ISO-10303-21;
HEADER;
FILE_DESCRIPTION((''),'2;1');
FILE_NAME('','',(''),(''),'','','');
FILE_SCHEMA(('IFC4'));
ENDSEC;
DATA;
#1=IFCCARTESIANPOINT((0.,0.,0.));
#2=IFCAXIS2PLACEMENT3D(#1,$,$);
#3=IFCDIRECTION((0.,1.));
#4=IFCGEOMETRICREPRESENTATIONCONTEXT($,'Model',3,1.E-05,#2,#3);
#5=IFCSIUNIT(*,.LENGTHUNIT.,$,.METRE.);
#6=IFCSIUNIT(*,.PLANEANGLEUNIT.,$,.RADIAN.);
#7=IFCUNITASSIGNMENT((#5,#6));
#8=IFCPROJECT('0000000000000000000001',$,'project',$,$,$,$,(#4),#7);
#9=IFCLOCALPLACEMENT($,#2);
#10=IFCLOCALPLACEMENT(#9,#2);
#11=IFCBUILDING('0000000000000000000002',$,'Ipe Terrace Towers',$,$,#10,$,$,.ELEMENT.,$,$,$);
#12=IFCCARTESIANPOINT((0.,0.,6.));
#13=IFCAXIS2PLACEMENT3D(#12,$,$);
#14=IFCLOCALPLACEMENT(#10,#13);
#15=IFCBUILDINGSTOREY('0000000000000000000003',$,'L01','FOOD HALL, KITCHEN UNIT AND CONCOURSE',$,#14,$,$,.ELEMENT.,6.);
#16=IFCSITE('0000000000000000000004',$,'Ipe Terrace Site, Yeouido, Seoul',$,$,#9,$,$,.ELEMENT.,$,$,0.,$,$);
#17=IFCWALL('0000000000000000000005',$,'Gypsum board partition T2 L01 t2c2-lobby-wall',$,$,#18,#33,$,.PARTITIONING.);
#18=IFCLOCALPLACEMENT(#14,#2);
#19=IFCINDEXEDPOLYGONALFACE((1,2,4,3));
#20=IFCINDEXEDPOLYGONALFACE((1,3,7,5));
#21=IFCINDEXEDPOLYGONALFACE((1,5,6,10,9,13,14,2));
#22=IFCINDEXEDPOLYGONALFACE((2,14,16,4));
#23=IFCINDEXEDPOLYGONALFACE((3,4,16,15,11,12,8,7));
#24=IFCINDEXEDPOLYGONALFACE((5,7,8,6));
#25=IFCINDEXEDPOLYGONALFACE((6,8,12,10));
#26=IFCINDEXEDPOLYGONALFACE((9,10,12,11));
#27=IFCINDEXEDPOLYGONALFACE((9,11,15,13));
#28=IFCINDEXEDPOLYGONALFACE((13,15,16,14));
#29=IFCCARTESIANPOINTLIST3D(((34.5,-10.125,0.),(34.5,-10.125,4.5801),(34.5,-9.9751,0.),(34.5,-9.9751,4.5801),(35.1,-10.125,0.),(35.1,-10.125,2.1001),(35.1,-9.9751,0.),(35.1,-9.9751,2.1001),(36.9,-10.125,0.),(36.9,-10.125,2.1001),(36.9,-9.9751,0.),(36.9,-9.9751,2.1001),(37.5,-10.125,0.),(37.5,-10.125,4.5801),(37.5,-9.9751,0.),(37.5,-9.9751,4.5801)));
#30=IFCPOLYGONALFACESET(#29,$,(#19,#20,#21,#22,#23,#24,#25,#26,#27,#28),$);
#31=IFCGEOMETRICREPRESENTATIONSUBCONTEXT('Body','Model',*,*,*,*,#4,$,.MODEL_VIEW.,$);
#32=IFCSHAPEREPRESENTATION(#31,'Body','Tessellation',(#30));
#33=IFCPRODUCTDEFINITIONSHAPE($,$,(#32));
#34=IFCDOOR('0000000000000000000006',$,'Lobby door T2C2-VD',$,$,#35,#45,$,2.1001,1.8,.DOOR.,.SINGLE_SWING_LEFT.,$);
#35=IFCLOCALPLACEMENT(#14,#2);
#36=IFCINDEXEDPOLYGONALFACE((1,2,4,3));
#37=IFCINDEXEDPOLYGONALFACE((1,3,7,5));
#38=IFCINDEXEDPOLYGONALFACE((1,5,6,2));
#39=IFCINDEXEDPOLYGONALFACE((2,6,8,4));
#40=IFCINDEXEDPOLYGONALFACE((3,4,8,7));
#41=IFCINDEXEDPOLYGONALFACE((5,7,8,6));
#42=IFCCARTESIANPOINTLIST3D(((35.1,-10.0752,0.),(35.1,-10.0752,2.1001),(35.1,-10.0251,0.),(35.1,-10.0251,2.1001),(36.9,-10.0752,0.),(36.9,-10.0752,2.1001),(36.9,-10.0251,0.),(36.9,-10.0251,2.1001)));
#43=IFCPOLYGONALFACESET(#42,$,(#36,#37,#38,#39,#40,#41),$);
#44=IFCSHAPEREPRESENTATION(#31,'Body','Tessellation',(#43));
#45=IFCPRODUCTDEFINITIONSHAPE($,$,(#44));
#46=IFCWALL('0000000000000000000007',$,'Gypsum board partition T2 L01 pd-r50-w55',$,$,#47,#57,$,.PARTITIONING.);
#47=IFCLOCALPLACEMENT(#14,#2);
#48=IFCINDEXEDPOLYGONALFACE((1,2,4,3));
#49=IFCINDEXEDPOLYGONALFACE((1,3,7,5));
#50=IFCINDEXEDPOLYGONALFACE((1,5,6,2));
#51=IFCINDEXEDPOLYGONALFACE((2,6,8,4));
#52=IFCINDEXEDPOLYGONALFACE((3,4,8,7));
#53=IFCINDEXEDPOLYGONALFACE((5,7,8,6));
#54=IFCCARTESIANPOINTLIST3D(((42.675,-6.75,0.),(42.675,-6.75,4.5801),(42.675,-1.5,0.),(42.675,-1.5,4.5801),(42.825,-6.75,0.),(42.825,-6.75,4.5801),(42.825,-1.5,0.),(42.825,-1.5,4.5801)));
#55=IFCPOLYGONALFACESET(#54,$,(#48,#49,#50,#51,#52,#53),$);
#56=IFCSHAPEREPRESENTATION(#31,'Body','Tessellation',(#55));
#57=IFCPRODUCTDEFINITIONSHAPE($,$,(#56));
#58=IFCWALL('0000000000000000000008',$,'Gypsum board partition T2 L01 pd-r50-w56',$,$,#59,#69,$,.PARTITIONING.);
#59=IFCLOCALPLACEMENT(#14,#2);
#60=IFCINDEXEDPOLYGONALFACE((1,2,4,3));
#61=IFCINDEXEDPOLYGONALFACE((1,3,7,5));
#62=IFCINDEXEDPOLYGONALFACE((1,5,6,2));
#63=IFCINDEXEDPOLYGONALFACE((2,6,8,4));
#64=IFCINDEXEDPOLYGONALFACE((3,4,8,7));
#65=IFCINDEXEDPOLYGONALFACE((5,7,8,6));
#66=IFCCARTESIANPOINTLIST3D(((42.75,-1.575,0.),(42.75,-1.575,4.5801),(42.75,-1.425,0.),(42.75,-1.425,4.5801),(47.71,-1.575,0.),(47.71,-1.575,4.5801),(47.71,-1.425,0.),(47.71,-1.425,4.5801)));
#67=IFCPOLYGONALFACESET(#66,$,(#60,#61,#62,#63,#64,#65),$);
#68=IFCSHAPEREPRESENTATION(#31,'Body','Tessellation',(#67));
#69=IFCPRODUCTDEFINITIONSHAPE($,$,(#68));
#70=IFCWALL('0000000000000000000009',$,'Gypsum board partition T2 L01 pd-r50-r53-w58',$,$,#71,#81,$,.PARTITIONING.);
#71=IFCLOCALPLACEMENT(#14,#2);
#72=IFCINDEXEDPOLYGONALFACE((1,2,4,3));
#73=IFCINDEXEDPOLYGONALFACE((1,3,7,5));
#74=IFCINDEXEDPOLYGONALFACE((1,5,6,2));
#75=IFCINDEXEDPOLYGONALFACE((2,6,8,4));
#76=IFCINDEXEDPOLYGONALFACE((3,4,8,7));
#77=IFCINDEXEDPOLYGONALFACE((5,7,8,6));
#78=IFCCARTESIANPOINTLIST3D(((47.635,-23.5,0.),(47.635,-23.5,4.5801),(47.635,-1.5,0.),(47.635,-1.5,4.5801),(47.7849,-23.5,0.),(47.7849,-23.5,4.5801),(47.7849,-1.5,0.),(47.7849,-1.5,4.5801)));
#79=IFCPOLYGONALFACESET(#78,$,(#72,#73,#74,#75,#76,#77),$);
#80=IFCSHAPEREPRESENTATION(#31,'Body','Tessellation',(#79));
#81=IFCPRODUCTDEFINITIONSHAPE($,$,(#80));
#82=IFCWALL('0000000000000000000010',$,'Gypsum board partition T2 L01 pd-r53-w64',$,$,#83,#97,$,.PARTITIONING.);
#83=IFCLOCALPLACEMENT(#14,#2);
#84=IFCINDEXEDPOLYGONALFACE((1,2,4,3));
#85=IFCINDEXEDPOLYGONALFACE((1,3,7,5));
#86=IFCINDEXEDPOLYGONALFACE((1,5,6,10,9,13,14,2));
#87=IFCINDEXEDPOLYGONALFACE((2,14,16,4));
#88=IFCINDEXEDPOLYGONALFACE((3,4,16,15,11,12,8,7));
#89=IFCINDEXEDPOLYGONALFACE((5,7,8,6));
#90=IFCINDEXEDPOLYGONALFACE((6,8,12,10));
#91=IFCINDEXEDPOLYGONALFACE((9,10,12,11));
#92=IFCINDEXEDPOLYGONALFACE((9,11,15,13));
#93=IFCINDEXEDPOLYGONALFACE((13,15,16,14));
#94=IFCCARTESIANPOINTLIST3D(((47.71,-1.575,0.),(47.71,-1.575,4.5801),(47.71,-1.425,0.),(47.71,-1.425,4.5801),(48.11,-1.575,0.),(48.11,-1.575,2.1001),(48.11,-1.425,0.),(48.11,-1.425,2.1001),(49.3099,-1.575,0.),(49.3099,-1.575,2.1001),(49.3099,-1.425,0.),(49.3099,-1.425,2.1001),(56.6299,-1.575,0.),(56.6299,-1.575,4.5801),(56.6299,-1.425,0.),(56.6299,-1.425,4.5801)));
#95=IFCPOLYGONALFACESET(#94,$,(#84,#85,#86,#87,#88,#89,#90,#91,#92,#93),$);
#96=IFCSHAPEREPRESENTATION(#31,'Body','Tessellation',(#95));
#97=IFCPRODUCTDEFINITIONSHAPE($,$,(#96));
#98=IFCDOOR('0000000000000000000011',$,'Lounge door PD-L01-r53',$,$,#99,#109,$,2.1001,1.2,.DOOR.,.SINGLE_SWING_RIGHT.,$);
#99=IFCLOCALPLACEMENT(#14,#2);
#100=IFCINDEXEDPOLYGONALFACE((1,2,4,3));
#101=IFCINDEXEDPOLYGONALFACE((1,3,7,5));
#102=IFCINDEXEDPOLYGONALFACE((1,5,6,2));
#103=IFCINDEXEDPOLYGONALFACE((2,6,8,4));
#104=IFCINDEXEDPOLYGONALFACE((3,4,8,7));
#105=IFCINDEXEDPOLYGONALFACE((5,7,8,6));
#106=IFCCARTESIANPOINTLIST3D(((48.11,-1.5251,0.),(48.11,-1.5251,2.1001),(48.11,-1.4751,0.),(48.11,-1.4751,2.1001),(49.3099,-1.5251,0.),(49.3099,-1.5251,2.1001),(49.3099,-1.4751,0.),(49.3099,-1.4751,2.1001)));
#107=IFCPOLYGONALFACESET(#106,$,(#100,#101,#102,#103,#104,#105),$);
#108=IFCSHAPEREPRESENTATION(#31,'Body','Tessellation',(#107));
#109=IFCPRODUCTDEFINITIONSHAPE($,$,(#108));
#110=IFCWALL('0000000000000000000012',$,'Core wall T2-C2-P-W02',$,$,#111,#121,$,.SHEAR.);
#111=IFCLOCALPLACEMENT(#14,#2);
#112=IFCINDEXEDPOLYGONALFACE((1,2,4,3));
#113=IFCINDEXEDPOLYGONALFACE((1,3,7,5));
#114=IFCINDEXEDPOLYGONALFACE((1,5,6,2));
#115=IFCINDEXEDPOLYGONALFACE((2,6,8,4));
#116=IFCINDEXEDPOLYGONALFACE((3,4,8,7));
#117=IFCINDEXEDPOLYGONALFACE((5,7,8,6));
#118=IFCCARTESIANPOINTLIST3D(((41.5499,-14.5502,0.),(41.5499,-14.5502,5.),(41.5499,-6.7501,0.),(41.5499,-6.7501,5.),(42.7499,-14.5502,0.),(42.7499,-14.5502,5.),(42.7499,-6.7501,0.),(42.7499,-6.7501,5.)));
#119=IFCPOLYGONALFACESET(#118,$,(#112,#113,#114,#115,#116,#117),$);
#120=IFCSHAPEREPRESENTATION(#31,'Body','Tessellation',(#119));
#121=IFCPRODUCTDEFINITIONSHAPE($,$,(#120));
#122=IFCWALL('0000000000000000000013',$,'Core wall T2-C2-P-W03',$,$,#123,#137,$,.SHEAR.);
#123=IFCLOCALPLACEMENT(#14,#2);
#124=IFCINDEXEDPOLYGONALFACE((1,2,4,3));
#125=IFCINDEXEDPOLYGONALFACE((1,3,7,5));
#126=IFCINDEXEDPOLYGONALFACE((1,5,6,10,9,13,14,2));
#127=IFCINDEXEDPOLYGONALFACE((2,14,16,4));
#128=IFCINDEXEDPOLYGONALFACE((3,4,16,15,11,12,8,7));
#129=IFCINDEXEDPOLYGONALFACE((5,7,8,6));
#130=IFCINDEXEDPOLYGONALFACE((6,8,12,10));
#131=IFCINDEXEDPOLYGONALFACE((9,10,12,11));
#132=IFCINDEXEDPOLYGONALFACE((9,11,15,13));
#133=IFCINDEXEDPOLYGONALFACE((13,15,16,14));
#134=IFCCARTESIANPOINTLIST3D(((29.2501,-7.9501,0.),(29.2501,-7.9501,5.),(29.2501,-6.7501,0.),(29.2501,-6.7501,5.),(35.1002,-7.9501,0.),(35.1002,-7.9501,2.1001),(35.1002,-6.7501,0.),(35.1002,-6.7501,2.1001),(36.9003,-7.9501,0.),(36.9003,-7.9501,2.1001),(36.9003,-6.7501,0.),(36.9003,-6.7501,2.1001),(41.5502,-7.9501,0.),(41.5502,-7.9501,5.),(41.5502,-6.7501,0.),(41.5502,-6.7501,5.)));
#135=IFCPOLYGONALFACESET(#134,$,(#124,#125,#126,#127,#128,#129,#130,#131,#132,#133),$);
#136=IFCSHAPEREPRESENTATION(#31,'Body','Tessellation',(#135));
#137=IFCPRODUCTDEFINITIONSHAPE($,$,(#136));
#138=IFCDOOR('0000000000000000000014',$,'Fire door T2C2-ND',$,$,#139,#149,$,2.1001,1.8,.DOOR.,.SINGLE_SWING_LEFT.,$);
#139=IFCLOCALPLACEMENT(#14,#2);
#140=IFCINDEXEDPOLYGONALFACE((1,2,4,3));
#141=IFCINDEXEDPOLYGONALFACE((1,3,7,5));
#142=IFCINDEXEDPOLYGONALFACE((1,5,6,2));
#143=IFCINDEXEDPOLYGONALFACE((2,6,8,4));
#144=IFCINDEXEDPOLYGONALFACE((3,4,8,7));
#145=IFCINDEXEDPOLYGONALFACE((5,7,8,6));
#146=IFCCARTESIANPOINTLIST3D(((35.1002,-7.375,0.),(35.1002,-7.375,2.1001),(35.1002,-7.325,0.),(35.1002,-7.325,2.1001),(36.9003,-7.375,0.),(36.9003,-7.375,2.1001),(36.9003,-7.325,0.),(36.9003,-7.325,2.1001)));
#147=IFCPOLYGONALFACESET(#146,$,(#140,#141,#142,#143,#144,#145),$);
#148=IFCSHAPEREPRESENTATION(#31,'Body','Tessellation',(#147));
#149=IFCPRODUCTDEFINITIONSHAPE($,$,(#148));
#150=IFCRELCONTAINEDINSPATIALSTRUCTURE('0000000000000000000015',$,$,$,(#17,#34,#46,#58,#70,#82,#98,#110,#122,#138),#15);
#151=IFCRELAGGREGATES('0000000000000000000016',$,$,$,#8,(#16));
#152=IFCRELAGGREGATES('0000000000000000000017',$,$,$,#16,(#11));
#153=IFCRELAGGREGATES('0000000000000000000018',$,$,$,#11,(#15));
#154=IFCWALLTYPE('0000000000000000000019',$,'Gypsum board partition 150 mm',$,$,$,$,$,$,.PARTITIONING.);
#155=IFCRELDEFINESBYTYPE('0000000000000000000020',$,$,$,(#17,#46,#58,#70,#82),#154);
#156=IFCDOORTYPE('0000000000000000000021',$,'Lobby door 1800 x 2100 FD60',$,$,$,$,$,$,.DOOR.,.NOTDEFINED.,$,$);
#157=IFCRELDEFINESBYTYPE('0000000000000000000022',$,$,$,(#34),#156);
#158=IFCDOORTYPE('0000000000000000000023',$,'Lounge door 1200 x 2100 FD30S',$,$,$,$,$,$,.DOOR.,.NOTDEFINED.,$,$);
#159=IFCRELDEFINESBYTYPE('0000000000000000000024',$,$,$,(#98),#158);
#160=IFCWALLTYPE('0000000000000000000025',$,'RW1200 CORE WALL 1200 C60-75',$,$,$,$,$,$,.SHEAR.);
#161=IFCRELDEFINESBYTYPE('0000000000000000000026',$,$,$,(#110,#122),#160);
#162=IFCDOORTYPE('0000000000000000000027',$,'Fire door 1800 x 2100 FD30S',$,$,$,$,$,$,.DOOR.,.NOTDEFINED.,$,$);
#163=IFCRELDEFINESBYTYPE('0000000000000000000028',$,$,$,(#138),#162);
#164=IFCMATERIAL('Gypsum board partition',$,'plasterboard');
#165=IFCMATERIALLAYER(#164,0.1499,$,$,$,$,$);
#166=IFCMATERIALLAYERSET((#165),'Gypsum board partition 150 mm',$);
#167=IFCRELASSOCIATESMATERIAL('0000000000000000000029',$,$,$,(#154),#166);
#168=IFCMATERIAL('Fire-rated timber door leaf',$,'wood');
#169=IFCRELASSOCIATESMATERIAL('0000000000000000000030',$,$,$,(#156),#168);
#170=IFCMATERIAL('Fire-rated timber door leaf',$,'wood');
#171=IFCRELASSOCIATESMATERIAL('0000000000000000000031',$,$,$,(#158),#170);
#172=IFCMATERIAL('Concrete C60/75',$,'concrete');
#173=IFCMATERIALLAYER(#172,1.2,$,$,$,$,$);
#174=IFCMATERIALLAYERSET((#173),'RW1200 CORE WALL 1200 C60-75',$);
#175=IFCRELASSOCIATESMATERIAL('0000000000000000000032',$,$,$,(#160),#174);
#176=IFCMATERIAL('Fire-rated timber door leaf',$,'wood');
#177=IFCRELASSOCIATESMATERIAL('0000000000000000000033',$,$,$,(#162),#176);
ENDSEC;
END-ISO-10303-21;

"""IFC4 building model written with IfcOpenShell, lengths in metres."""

from ifc_helpers import new_model, si_unit, direction, frame, frame_2d, origin, place, context, subcontext, project, spatial, rectangle, extrude, material, layer, layer_set, type_object, element, fill, save


model = new_model("IFC4")

# Units and contexts
model_context = context("Model", 3, precision=1e-05, world=origin(), true_north=direction((0.0, 1.0)))
body_context = subcontext(model_context, "Body", "Model", "MODEL_VIEW")
ifc_project = project(units=[si_unit("LENGTHUNIT", "METRE"), si_unit("PLANEANGLEUNIT", "RADIAN")], contexts=[model_context])

# Site, building, storey
site_placement = place(None, origin())
site = spatial("IfcSite", under=ifc_project, at=site_placement, Name="Ipe Terrace Site, Yeouido, Seoul", CompositionType="ELEMENT", RefElevation=0.0)
building_placement = place(site_placement, origin())
building = spatial("IfcBuilding", under=site, at=building_placement, Name="Ipe Terrace Towers", CompositionType="ELEMENT")
storey_placement = place(building_placement, frame((0.0, 0.0, 6.0)))
storey = spatial("IfcBuildingStorey", under=building, at=storey_placement, Name="L01", Description="FOOD HALL, KITCHEN UNIT AND CONCOURSE", CompositionType="ELEMENT", Elevation=6.0)

# Wall, opening, door
ifc_material_1 = material(Name="Gypsum board partition", Category="plasterboard")
ifc_layer_1 = layer(ifc_material_1, 0.1499)
ifc_layer_set_1 = layer_set([ifc_layer_1], Name="Gypsum board partition 150 mm")
wall_type_1 = type_object("IfcWallType", Name="Gypsum board partition 150 mm", PredefinedType="PARTITIONING", material=ifc_layer_set_1)
wall_1_placement = place(storey_placement, frame((34.5, -10.05, 0.0), z_axis=(0.0, 0.0, 1.0), x_axis=(1.0, 0.0, 0.0)))
wall_1 = element("IfcWall", 1, at=wall_1_placement, inside=storey, type_object=wall_type_1, Name="Gypsum board partition T2 L01 t2c2-lobby-wall", PredefinedType="PARTITIONING", context=body_context, shape_type="SweptSolid", body=[
    extrude(rectangle(XDim=3.0, YDim=0.1499, at=frame_2d((1.5, 0.0))), origin(), (0.0, 0.0, 1.0), 4.5801),
])
opening_1_placement = place(wall_1_placement, frame((0.6001, 0.0, 0.0)))
opening_1 = element("IfcOpeningElement", 2, at=opening_1_placement, cuts=wall_1, PredefinedType="OPENING", context=body_context, shape_type="SweptSolid", body=[
    extrude(rectangle(XDim=1.8, YDim=2.1001, at=frame_2d((0.8999, 1.05))), frame((0.0, 0.085, 0.0), z_axis=(0.0, -1.0, 0.0), x_axis=(1.0, 0.0, 0.0)), (0.0, 0.0, 1.0), 0.1699),
])
ifc_material_2 = material(Name="Fire-rated timber door leaf", Category="wood")
door_type_1 = type_object("IfcDoorType", Name="Lobby door 1800 x 2100 FD60", OperationType="NOTDEFINED", PredefinedType="DOOR", material=ifc_material_2)
door_1_placement = place(opening_1_placement, origin())
door_1 = element("IfcDoor", 3, at=door_1_placement, inside=storey, type_object=door_type_1, Name="Lobby door T2C2-VD", OperationType="SINGLE_SWING_LEFT", OverallHeight=2.1001, OverallWidth=1.8, PredefinedType="DOOR", context=body_context, shape_type="SweptSolid", body=[
    extrude(rectangle(XDim=1.8, YDim=2.1001, at=frame_2d((0.8999, 1.05))), frame((0.0, 0.0249, 0.0), z_axis=(0.0, -1.0, 0.0), x_axis=(1.0, 0.0, 0.0)), (0.0, 0.0, 1.0), 0.05),
])
fill(opening_1, door_1)

# Walls
wall_2_placement = place(storey_placement, frame((42.75, -6.75, 0.0), z_axis=(0.0, 0.0, 1.0), x_axis=(0.0, 1.0, 0.0)))
element("IfcWall", 4, at=wall_2_placement, inside=storey, type_object=wall_type_1, Name="Gypsum board partition T2 L01 pd-r50-w55", PredefinedType="PARTITIONING", context=body_context, shape_type="SweptSolid", body=[
    extrude(rectangle(XDim=5.25, YDim=0.1499, at=frame_2d((2.625, 0.0))), origin(), (0.0, 0.0, 1.0), 4.5801),
])
wall_3_placement = place(storey_placement, frame((42.75, -1.5, 0.0), z_axis=(0.0, 0.0, 1.0), x_axis=(1.0, 0.0, 0.0)))
element("IfcWall", 5, at=wall_3_placement, inside=storey, type_object=wall_type_1, Name="Gypsum board partition T2 L01 pd-r50-w56", PredefinedType="PARTITIONING", context=body_context, shape_type="SweptSolid", body=[
    extrude(rectangle(XDim=4.96, YDim=0.1499, at=frame_2d((2.48, 0.0))), origin(), (0.0, 0.0, 1.0), 4.5801),
])
wall_4_placement = place(storey_placement, frame((47.71, -1.5, 0.0), z_axis=(0.0, 0.0, 1.0), x_axis=(0.0, -1.0, 0.0)))
element("IfcWall", 6, at=wall_4_placement, inside=storey, type_object=wall_type_1, Name="Gypsum board partition T2 L01 pd-r50-r53-w58", PredefinedType="PARTITIONING", context=body_context, shape_type="SweptSolid", body=[
    extrude(rectangle(XDim=22.0, YDim=0.1499, at=frame_2d((11.0, 0.0))), origin(), (0.0, 0.0, 1.0), 4.5801),
])

# Wall, opening, door
wall_5_placement = place(storey_placement, frame((47.71, -1.5, 0.0), z_axis=(0.0, 0.0, 1.0), x_axis=(1.0, 0.0, 0.0)))
wall_5 = element("IfcWall", 7, at=wall_5_placement, inside=storey, type_object=wall_type_1, Name="Gypsum board partition T2 L01 pd-r53-w64", PredefinedType="PARTITIONING", context=body_context, shape_type="SweptSolid", body=[
    extrude(rectangle(XDim=8.9199, YDim=0.1499, at=frame_2d((4.46, 0.0))), origin(), (0.0, 0.0, 1.0), 4.5801),
])
opening_2_placement = place(wall_5_placement, frame((0.3999, 0.0, 0.0)))
opening_2 = element("IfcOpeningElement", 8, at=opening_2_placement, cuts=wall_5, PredefinedType="OPENING", context=body_context, shape_type="SweptSolid", body=[
    extrude(rectangle(XDim=1.2, YDim=2.1001, at=frame_2d((0.6001, 1.05))), frame((0.0, 0.085, 0.0), z_axis=(0.0, -1.0, 0.0), x_axis=(1.0, 0.0, 0.0)), (0.0, 0.0, 1.0), 0.1699),
])
ifc_material_3 = material(Name="Fire-rated timber door leaf", Category="wood")
door_type_2 = type_object("IfcDoorType", Name="Lounge door 1200 x 2100 FD30S", OperationType="NOTDEFINED", PredefinedType="DOOR", material=ifc_material_3)
door_2_placement = place(opening_2_placement, origin())
door_2 = element("IfcDoor", 9, at=door_2_placement, inside=storey, type_object=door_type_2, Name="Lounge door PD-L01-r53", OperationType="SINGLE_SWING_RIGHT", OverallHeight=2.1001, OverallWidth=1.2, PredefinedType="DOOR", context=body_context, shape_type="SweptSolid", body=[
    extrude(rectangle(XDim=1.2, YDim=2.1001, at=frame_2d((0.6001, 1.05))), frame((0.0, 0.0249, 0.0), z_axis=(0.0, -1.0, 0.0), x_axis=(1.0, 0.0, 0.0)), (0.0, 0.0, 1.0), 0.05),
])
fill(opening_2, door_2)

# Wall
ifc_material_4 = material(Name="Concrete C60/75", Category="concrete")
ifc_layer_2 = layer(ifc_material_4, 1.2)
ifc_layer_set_2 = layer_set([ifc_layer_2], Name="RW1200 CORE WALL 1200 C60-75")
wall_type_2 = type_object("IfcWallType", Name="RW1200 CORE WALL 1200 C60-75", PredefinedType="SHEAR", material=ifc_layer_set_2)
wall_6_placement = place(storey_placement, frame((42.1499, -14.55, 0.0), z_axis=(0.0, 0.0, 1.0), x_axis=(0.0, 1.0, 0.0)))
element("IfcWall", 10, at=wall_6_placement, inside=storey, type_object=wall_type_2, Name="Core wall T2-C2-P-W02", PredefinedType="SHEAR", context=body_context, shape_type="SweptSolid", body=[
    extrude(rectangle(XDim=7.8, YDim=1.2, at=frame_2d((3.8999, 0.0))), origin(), (0.0, 0.0, 1.0), 5.0),
])

# Wall, opening, door
wall_7_placement = place(storey_placement, frame((41.55, -7.3501, 0.0), z_axis=(0.0, 0.0, 1.0), x_axis=(-1.0, 0.0, 0.0)))
wall_7 = element("IfcWall", 11, at=wall_7_placement, inside=storey, type_object=wall_type_2, Name="Core wall T2-C2-P-W03", PredefinedType="SHEAR", context=body_context, shape_type="SweptSolid", body=[
    extrude(rectangle(XDim=12.3, YDim=1.2, at=frame_2d((6.1499, 0.0))), origin(), (0.0, 0.0, 1.0), 5.0),
])
opening_3_placement = place(wall_7_placement, frame((4.6499, 0.0, 0.0)))
opening_3 = element("IfcOpeningElement", 12, at=opening_3_placement, cuts=wall_7, PredefinedType="OPENING", context=body_context, shape_type="SweptSolid", body=[
    extrude(rectangle(XDim=1.8, YDim=2.1001, at=frame_2d((0.8999, 1.05))), frame((0.0, 0.6099, 0.0), z_axis=(0.0, -1.0, 0.0), x_axis=(1.0, 0.0, 0.0)), (0.0, 0.0, 1.0), 1.22),
])
ifc_material_5 = material(Name="Fire-rated timber door leaf", Category="wood")
door_type_3 = type_object("IfcDoorType", Name="Fire door 1800 x 2100 FD30S", OperationType="NOTDEFINED", PredefinedType="DOOR", material=ifc_material_5)
door_3_placement = place(opening_3_placement, origin())
door_3 = element("IfcDoor", 13, at=door_3_placement, inside=storey, type_object=door_type_3, Name="Fire door T2C2-ND", OperationType="SINGLE_SWING_LEFT", OverallHeight=2.1001, OverallWidth=1.8, PredefinedType="DOOR", context=body_context, shape_type="SweptSolid", body=[
    extrude(rectangle(XDim=1.8, YDim=2.1001, at=frame_2d((0.8999, 1.05))), frame((0.0, 0.0249, 0.0), z_axis=(0.0, -1.0, 0.0), x_axis=(1.0, 0.0, 0.0)), (0.0, 0.0, 1.0), 0.05),
])
fill(opening_3, door_3)

save(model, "model.ifc")
